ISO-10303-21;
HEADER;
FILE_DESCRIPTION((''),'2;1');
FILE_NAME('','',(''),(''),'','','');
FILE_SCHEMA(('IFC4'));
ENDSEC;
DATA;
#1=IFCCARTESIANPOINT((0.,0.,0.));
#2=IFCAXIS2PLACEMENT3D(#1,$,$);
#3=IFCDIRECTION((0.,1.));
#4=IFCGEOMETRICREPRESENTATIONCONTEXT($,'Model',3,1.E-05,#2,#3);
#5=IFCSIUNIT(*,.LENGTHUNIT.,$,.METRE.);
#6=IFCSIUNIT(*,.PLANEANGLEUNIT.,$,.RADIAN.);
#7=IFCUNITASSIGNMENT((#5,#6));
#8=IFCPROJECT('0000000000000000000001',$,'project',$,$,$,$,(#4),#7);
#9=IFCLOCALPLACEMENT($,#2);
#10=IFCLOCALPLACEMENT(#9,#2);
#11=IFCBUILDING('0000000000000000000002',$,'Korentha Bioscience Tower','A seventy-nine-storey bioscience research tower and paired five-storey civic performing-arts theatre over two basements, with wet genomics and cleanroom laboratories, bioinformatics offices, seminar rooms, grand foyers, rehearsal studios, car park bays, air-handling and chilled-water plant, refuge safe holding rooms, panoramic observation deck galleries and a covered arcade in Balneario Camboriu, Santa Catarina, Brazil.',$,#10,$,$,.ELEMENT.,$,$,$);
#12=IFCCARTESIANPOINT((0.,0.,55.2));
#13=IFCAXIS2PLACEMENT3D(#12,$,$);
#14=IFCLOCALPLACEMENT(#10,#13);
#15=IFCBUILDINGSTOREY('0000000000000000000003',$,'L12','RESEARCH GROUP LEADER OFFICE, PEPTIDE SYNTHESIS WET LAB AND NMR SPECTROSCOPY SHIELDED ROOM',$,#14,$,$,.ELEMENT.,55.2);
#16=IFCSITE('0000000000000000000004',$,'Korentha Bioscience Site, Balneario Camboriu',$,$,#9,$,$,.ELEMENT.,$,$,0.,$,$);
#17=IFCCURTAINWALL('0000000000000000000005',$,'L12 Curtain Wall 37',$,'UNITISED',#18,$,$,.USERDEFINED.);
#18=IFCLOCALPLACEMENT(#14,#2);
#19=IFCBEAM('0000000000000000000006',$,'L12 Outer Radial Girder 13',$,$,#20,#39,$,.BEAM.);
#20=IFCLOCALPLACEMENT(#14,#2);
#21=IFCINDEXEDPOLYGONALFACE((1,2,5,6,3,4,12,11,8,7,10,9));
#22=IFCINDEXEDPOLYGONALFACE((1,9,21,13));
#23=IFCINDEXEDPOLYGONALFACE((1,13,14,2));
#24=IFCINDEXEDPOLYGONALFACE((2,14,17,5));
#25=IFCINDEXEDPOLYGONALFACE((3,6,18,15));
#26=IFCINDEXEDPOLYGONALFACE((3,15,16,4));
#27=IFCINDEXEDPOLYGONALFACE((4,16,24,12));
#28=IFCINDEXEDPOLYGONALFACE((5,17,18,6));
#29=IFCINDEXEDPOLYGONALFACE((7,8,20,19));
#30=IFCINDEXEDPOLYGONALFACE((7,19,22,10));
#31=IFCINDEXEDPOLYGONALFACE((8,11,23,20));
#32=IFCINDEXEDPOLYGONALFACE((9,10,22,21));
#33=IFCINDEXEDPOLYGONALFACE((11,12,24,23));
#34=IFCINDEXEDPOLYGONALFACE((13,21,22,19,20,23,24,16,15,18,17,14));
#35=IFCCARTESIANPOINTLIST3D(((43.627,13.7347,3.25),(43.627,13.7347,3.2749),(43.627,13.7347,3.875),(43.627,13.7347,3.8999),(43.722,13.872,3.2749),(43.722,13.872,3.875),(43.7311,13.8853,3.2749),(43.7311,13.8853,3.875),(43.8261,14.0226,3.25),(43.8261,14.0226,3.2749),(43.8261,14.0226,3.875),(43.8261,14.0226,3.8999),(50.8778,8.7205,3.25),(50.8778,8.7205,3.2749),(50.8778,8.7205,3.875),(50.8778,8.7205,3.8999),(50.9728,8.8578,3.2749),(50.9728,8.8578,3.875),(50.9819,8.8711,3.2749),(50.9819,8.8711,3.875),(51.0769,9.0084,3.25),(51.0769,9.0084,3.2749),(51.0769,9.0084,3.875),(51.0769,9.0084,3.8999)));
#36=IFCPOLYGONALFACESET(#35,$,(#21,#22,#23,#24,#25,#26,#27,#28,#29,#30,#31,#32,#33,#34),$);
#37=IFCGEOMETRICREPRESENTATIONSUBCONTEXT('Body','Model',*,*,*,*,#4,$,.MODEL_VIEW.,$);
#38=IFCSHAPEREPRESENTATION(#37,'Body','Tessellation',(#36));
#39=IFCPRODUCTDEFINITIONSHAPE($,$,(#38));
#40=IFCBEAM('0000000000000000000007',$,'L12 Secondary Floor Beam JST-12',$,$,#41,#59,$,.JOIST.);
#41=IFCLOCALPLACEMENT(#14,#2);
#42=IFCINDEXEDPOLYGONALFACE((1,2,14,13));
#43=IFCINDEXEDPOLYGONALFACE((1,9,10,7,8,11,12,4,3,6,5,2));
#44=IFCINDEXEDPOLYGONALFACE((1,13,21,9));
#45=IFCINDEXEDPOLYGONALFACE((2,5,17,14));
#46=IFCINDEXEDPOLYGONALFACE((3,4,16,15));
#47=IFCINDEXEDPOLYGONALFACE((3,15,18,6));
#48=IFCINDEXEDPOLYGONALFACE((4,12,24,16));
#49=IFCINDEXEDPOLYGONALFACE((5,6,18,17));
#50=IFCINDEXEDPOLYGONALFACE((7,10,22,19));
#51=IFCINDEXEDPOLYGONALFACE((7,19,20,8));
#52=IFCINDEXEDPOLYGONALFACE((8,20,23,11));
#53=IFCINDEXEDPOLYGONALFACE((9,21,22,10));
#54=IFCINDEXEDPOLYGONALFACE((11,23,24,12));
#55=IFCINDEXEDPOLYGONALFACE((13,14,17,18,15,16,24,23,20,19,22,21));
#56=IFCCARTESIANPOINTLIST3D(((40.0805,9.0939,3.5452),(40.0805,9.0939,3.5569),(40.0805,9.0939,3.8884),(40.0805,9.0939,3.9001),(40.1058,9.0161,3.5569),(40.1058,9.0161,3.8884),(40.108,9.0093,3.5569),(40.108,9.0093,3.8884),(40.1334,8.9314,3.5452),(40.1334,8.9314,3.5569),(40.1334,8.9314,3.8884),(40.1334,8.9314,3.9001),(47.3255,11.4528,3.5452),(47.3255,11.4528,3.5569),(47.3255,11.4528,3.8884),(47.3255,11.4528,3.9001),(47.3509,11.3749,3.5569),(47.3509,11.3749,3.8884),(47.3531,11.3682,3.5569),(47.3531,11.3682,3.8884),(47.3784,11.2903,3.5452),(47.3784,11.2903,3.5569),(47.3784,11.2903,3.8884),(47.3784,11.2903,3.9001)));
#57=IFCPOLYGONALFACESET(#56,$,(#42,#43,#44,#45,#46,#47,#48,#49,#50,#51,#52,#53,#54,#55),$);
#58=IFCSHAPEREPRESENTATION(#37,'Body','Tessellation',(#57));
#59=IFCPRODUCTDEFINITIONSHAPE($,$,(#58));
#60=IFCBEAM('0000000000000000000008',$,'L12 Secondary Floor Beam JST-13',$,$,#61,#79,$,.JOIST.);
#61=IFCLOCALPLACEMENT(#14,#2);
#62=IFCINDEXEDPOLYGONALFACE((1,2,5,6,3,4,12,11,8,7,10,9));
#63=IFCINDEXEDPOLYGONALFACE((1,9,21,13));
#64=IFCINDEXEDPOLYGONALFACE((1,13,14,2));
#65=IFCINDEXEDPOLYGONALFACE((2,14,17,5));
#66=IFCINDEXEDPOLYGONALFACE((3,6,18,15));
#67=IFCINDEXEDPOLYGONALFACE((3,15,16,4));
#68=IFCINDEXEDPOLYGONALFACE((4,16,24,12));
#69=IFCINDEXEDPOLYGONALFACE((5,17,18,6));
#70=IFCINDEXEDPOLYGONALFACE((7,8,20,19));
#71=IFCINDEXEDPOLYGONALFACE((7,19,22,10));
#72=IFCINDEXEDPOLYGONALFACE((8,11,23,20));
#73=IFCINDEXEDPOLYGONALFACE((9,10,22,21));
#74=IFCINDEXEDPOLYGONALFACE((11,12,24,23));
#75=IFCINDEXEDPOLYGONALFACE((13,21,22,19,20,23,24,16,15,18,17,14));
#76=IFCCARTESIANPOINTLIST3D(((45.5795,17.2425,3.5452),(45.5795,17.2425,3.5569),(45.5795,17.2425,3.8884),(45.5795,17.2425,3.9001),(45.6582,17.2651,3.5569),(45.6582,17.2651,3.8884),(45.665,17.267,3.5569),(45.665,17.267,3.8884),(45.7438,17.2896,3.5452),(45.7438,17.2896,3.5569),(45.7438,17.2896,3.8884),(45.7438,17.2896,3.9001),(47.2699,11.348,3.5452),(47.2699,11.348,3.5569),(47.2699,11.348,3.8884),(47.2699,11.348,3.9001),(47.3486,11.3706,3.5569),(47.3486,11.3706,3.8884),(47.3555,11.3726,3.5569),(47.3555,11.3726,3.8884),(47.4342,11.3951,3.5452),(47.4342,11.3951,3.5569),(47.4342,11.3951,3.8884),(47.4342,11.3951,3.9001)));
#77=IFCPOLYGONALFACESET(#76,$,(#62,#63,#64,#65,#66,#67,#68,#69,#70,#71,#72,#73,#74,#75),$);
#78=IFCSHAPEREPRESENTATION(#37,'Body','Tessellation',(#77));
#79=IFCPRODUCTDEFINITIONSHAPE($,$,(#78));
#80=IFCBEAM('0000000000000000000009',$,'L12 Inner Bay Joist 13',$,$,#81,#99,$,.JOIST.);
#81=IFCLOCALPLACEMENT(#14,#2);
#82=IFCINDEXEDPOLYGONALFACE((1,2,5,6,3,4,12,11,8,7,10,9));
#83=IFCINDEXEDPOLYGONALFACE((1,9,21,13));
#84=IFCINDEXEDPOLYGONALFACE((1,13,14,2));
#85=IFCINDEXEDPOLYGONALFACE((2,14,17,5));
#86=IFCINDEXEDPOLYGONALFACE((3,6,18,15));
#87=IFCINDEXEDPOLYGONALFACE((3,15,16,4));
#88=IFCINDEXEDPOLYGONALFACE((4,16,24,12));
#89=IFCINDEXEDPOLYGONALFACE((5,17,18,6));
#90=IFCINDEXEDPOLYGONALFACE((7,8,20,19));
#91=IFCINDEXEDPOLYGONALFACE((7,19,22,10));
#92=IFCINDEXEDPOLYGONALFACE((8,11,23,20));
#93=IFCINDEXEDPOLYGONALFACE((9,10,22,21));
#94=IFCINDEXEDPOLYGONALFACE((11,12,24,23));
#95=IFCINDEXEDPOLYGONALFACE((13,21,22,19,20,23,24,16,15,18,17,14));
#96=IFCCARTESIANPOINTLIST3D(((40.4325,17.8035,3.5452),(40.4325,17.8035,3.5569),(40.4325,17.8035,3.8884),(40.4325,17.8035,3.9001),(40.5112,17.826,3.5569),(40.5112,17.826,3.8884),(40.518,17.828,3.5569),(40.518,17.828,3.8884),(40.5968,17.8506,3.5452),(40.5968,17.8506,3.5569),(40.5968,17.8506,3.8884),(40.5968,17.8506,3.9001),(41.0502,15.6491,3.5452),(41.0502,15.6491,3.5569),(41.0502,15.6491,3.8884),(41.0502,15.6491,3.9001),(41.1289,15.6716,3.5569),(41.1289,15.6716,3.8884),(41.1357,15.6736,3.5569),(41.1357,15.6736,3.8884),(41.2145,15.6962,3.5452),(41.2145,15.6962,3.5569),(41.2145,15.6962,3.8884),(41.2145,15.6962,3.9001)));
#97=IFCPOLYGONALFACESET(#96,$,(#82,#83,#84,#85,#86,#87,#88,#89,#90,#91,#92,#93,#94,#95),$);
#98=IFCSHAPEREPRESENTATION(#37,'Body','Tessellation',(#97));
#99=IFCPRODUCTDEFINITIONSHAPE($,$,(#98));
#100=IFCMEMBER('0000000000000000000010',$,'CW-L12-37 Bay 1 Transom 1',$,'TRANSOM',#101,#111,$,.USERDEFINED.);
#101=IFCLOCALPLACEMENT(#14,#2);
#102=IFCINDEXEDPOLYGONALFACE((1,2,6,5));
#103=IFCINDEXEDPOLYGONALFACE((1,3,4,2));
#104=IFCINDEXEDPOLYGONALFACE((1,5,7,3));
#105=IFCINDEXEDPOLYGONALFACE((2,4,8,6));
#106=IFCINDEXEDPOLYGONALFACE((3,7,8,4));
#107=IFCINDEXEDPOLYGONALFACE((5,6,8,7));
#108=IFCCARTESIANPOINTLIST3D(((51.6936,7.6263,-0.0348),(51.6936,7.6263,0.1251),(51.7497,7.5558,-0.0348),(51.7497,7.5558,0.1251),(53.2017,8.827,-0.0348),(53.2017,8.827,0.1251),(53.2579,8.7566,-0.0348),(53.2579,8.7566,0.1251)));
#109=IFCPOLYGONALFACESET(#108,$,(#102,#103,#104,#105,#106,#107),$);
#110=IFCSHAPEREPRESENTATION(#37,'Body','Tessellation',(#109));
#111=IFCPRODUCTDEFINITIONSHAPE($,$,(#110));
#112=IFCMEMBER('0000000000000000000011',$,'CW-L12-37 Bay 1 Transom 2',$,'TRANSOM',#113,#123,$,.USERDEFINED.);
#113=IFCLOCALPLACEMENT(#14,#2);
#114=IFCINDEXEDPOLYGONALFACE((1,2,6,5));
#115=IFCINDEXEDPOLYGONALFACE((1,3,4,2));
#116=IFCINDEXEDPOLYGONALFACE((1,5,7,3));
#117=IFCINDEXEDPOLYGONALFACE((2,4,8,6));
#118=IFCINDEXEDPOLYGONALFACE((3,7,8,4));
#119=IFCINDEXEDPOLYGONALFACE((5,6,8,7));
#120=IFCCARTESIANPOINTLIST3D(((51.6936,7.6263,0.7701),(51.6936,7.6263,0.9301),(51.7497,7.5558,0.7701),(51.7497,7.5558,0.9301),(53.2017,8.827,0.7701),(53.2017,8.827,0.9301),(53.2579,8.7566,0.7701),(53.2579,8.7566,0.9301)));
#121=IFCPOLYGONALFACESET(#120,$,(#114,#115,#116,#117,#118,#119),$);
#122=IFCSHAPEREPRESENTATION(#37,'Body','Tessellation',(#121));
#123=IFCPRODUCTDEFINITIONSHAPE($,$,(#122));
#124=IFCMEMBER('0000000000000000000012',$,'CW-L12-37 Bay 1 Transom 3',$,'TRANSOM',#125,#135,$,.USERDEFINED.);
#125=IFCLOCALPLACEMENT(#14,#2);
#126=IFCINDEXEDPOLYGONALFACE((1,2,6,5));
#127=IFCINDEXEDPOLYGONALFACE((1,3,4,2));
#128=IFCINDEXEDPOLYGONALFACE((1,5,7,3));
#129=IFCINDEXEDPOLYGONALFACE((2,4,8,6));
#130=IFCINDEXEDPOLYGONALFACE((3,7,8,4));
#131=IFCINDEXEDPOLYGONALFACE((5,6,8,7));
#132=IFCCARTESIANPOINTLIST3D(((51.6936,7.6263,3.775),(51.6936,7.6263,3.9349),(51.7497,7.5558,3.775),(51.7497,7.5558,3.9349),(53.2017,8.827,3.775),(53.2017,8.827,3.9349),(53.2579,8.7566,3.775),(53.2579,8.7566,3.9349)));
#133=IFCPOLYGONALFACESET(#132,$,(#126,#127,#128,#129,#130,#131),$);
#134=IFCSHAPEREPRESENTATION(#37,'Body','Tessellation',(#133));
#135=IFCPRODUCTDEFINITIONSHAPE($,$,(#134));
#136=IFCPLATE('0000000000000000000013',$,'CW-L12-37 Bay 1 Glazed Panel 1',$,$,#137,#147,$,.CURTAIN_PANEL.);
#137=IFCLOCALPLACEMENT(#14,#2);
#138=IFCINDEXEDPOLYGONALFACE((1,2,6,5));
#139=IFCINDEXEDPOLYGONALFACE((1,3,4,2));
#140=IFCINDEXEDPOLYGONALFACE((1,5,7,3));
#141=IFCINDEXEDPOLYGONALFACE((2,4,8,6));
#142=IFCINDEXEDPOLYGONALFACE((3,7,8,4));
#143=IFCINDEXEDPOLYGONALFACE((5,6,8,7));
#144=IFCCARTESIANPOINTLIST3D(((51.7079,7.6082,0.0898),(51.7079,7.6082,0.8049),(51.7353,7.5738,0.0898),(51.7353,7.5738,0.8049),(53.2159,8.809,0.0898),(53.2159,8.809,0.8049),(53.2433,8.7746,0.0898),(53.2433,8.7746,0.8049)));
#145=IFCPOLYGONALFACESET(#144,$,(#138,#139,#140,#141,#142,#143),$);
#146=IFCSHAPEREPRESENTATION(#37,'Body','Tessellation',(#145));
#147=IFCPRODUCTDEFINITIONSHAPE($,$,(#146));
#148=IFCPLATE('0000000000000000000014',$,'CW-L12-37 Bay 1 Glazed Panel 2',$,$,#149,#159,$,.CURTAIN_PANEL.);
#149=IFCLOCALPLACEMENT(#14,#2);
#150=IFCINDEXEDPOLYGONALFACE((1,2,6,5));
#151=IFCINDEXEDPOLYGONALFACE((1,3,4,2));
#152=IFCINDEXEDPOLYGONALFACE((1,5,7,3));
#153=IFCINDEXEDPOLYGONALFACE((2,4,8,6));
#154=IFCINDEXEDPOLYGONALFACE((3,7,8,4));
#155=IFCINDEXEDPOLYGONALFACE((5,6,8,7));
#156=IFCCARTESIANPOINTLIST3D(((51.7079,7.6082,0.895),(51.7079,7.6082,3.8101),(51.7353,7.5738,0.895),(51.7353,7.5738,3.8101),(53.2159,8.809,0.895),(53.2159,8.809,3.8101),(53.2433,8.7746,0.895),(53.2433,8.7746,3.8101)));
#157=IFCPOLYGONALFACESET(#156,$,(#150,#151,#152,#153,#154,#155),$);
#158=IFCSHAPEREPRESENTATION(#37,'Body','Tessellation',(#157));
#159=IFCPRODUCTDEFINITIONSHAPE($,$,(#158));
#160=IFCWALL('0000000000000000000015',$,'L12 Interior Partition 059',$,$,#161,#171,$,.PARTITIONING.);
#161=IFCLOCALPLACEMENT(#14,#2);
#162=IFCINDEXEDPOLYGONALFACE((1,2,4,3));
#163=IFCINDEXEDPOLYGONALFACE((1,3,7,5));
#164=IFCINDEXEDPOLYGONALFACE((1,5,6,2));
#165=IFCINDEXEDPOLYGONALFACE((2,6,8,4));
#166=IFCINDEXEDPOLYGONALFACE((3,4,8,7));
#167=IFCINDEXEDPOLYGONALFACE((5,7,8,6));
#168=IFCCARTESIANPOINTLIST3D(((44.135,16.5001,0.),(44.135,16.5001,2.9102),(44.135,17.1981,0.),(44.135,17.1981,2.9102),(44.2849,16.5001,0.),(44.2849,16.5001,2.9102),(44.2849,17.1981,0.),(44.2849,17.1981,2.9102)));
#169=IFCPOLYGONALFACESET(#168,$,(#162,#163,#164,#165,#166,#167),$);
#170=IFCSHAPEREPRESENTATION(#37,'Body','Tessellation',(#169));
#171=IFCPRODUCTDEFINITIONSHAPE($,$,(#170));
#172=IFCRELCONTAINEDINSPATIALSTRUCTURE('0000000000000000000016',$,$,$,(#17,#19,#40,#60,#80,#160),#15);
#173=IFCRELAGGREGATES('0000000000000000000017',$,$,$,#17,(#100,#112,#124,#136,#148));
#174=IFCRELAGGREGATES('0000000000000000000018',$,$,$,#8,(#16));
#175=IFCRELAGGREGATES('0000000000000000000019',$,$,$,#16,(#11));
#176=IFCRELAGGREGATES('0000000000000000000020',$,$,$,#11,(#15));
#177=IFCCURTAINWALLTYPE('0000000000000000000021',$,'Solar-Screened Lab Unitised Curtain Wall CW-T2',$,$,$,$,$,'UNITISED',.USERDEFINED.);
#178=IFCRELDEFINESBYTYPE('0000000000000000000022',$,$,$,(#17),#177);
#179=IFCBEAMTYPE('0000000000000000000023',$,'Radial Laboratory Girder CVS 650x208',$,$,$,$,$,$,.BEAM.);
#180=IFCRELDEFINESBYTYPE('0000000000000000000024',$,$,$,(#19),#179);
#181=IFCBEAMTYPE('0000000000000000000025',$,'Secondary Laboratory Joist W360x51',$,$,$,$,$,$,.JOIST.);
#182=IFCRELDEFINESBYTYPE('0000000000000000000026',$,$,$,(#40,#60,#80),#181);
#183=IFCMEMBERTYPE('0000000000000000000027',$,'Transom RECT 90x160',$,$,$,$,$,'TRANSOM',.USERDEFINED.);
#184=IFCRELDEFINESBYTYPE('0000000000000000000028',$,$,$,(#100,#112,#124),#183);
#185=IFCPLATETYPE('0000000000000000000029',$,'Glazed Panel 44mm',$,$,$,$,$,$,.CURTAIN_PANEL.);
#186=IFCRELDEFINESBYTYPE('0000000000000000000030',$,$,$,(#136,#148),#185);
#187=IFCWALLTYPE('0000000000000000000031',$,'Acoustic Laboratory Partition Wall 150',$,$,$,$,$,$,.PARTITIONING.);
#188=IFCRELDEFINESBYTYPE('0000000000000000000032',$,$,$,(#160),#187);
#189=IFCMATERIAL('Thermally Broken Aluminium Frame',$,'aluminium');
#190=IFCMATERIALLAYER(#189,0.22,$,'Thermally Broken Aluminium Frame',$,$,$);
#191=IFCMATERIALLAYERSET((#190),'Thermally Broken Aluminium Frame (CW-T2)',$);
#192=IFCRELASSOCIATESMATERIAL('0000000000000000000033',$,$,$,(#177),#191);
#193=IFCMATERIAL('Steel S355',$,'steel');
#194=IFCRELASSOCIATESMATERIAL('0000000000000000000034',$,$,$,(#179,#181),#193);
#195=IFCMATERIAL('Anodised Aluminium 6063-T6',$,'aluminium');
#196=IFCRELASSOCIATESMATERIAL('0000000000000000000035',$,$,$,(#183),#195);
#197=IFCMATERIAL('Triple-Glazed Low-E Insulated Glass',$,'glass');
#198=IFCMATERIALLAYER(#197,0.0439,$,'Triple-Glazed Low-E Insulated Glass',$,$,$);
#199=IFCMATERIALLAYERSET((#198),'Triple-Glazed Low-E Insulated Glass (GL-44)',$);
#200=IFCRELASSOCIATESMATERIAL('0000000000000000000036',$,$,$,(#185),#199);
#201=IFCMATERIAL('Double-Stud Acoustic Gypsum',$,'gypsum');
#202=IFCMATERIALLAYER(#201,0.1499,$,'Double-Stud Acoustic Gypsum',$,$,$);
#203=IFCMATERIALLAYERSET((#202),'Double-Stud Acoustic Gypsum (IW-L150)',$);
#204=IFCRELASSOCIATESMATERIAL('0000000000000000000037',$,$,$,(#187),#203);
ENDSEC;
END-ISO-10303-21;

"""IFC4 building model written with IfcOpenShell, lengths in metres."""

from ifc_helpers import new_model, si_unit, direction, frame, frame_2d, origin, origin_2d, place, context, subcontext, project, spatial, rectangle, i_section, extrude, material, layer, layer_set, material_profile, profile_set, type_object, element, aggregate, save


model = new_model("IFC4")

# Units and contexts
model_context = context("Model", 3, precision=1e-05, world=origin(), true_north=direction((0.0, 1.0)))
body_context = subcontext(model_context, "Body", "Model", "MODEL_VIEW")
ifc_project = project(units=[si_unit("LENGTHUNIT", "METRE"), si_unit("PLANEANGLEUNIT", "RADIAN")], contexts=[model_context])

# Site, building, storey
site_placement = place(None, origin())
site = spatial("IfcSite", under=ifc_project, at=site_placement, Name="Korentha Bioscience Site, Balneario Camboriu", CompositionType="ELEMENT", RefElevation=0.0)
building_placement = place(site_placement, origin())
building = spatial("IfcBuilding", under=site, at=building_placement, Name="Korentha Bioscience Tower", Description="A seventy-nine-storey bioscience research tower and paired five-storey civic performing-arts theatre over two basements, with wet genomics and cleanroom laboratories, bioinformatics offices, seminar rooms, grand foyers, rehearsal studios, car park bays, air-handling and chilled-water plant, refuge safe holding rooms, panoramic observation deck galleries and a covered arcade in Balneario Camboriu, Santa Catarina, Brazil.", CompositionType="ELEMENT")
storey_placement = place(building_placement, frame((0.0, 0.0, 55.2)))
storey = spatial("IfcBuildingStorey", under=building, at=storey_placement, Name="L12", Description="RESEARCH GROUP LEADER OFFICE, PEPTIDE SYNTHESIS WET LAB AND NMR SPECTROSCOPY SHIELDED ROOM", CompositionType="ELEMENT", Elevation=55.2)

# Shared definitions
ifc_material_1 = material(Name="Steel S355", Category="steel")

# Curtain wall
ifc_material_2 = material(Name="Thermally Broken Aluminium Frame", Category="aluminium")
ifc_layer_1 = layer(ifc_material_2, 0.22, Name="Thermally Broken Aluminium Frame")
ifc_layer_set_1 = layer_set([ifc_layer_1], Name="Thermally Broken Aluminium Frame (CW-T2)")
curtain_wall_type = type_object("IfcCurtainWallType", Name="Solar-Screened Lab Unitised Curtain Wall CW-T2", ElementType="UNITISED", PredefinedType="USERDEFINED", material=ifc_layer_set_1)
curtain_wall_placement = place(storey_placement, origin())
curtain_wall = element("IfcCurtainWall", 1, at=curtain_wall_placement, inside=storey, type_object=curtain_wall_type, Name="L12 Curtain Wall 37", ObjectType="UNITISED", PredefinedType="USERDEFINED")
ifc_material_3 = material(Name="Anodised Aluminium 6063-T6", Category="aluminium")

# Beams
ifc_material_profile_1 = material_profile(ifc_material_1, i_section(OverallWidth=0.3501, OverallDepth=0.6499, WebThickness=0.0161, FlangeThickness=0.0249, at=origin_2d()), Name="Steel S355")
ifc_profile_set_1 = profile_set([ifc_material_profile_1], Name="Steel S355 (RB-650)")
beam_type_1 = type_object("IfcBeamType", Name="Radial Laboratory Girder CVS 650x208", PredefinedType="BEAM", material=ifc_profile_set_1)
beam_1_placement = place(storey_placement, frame((43.7266, 13.8787, 3.575), z_axis=(0.822488, -0.568782, 0.0), x_axis=(0.568782, 0.822488, 0.0)))
element("IfcBeam", 2, at=beam_1_placement, inside=storey, type_object=beam_type_1, Name="L12 Outer Radial Girder 13", PredefinedType="BEAM", context=body_context, shape_type="SweptSolid", body=[
    extrude(i_section(OverallWidth=0.3501, OverallDepth=0.6499, WebThickness=0.0161, FlangeThickness=0.0249, at=origin_2d()), origin(), (0.0, 0.0, 1.0), 8.8157),
])
ifc_material_profile_2 = material_profile(ifc_material_1, i_section(OverallWidth=0.1709, OverallDepth=0.355, WebThickness=0.0071, FlangeThickness=0.0117, at=origin_2d()), Name="Steel S355")
ifc_profile_set_2 = profile_set([ifc_material_profile_2], Name="Steel S355 (JB-360)")
beam_type_2 = type_object("IfcBeamType", Name="Secondary Laboratory Joist W360x51", PredefinedType="JOIST", material=ifc_profile_set_2)
beam_2_placement = place(storey_placement, frame((40.1069, 9.0127, 3.7227), z_axis=(0.950871, 0.309587, 0.0), x_axis=(-0.309587, 0.950871, 0.0)))
element("IfcBeam", 3, at=beam_2_placement, inside=storey, type_object=beam_type_2, Name="L12 Secondary Floor Beam JST-12", PredefinedType="JOIST", context=body_context, shape_type="SweptSolid", body=[
    extrude(i_section(OverallWidth=0.1709, OverallDepth=0.355, WebThickness=0.0071, FlangeThickness=0.0117, at=origin_2d()), origin(), (0.0, 0.0, 1.0), 7.6194),
])
beam_3_placement = place(storey_placement, frame((47.3521, 11.3716, 3.7227), z_axis=(-0.275668, 0.961253, 0.0), x_axis=(-0.961253, -0.275668, 0.0)))
element("IfcBeam", 4, at=beam_3_placement, inside=storey, type_object=beam_type_2, Name="L12 Secondary Floor Beam JST-13", PredefinedType="JOIST", context=body_context, shape_type="SweptSolid", body=[
    extrude(i_section(OverallWidth=0.1709, OverallDepth=0.355, WebThickness=0.0071, FlangeThickness=0.0117, at=origin_2d()), origin(), (0.0, 0.0, 1.0), 6.1321),
])
beam_4_placement = place(storey_placement, frame((41.1323, 15.6726, 3.7227), z_axis=(-0.275613, 0.961269, 0.0), x_axis=(-0.961269, -0.275613, 0.0)))
element("IfcBeam", 5, at=beam_4_placement, inside=storey, type_object=beam_type_2, Name="L12 Inner Bay Joist 13", PredefinedType="JOIST", context=body_context, shape_type="SweptSolid", body=[
    extrude(i_section(OverallWidth=0.1709, OverallDepth=0.355, WebThickness=0.0071, FlangeThickness=0.0117, at=origin_2d()), origin(), (0.0, 0.0, 1.0), 2.2412),
])

# Members
ifc_material_profile_3 = material_profile(ifc_material_3, rectangle(XDim=0.0901, YDim=0.1599, at=origin_2d()), Name="Anodised Aluminium 6063-T6")
ifc_profile_set_3 = profile_set([ifc_material_profile_3], Name="Anodised Aluminium 6063-T6 (CW-TRN)")
member_type_1 = type_object("IfcMemberType", Name="Transom RECT 90x160", ElementType="TRANSOM", PredefinedType="USERDEFINED", material=ifc_profile_set_3)
member_1_placement = place(storey_placement, frame((51.7217, 7.5911, 0.0452), z_axis=(0.782325, 0.622871, 0.0), x_axis=(-0.622871, 0.782325, 0.0)))
member_1 = element("IfcMember", 6, at=member_1_placement, type_object=member_type_1, Name="CW-L12-37 Bay 1 Transom 1", ObjectType="TRANSOM", PredefinedType="USERDEFINED", context=body_context, shape_type="SweptSolid", body=[
    extrude(rectangle(XDim=0.0901, YDim=0.1599, at=origin_2d()), origin(), (0.0, 0.0, 1.0), 1.9277),
])
member_2_placement = place(storey_placement, frame((51.7217, 7.5911, 0.8501), z_axis=(0.782325, 0.622871, 0.0), x_axis=(-0.622871, 0.782325, 0.0)))
member_2 = element("IfcMember", 7, at=member_2_placement, type_object=member_type_1, Name="CW-L12-37 Bay 1 Transom 2", ObjectType="TRANSOM", PredefinedType="USERDEFINED", context=body_context, shape_type="SweptSolid", body=[
    extrude(rectangle(XDim=0.0901, YDim=0.1599, at=origin_2d()), origin(), (0.0, 0.0, 1.0), 1.9277),
])
member_3_placement = place(storey_placement, frame((51.7217, 7.5911, 3.855), z_axis=(0.782325, 0.622871, 0.0), x_axis=(-0.622871, 0.782325, 0.0)))
member_3 = element("IfcMember", 8, at=member_3_placement, type_object=member_type_1, Name="CW-L12-37 Bay 1 Transom 3", ObjectType="TRANSOM", PredefinedType="USERDEFINED", context=body_context, shape_type="SweptSolid", body=[
    extrude(rectangle(XDim=0.0901, YDim=0.1599, at=origin_2d()), origin(), (0.0, 0.0, 1.0), 1.9277),
])

# Plates
ifc_material_4 = material(Name="Triple-Glazed Low-E Insulated Glass", Category="glass")
ifc_layer_2 = layer(ifc_material_4, 0.0439, Name="Triple-Glazed Low-E Insulated Glass")
ifc_layer_set_2 = layer_set([ifc_layer_2], Name="Triple-Glazed Low-E Insulated Glass (GL-44)")
plate_type = type_object("IfcPlateType", Name="Glazed Panel 44mm", PredefinedType="CURTAIN_PANEL", material=ifc_layer_set_2)
plate_1_placement = place(storey_placement, frame((52.4756, 8.1914, 0.0898), z_axis=(0.0, 0.0, 1.0), x_axis=(0.782288, 0.622917, 0.0)))
plate_1 = element("IfcPlate", 9, at=plate_1_placement, type_object=plate_type, Name="CW-L12-37 Bay 1 Glazed Panel 1", PredefinedType="CURTAIN_PANEL", context=body_context, shape_type="SweptSolid", body=[
    extrude(rectangle(XDim=1.9277, YDim=0.0439, at=origin_2d()), origin(), (0.0, 0.0, 1.0), 0.7151),
])
plate_2_placement = place(storey_placement, frame((52.4756, 8.1914, 0.895), z_axis=(0.0, 0.0, 1.0), x_axis=(0.782288, 0.622917, 0.0)))
plate_2 = element("IfcPlate", 10, at=plate_2_placement, type_object=plate_type, Name="CW-L12-37 Bay 1 Glazed Panel 2", PredefinedType="CURTAIN_PANEL", context=body_context, shape_type="SweptSolid", body=[
    extrude(rectangle(XDim=1.9277, YDim=0.0439, at=origin_2d()), origin(), (0.0, 0.0, 1.0), 2.915),
])
aggregate(curtain_wall, [member_1, member_2, member_3, plate_1, plate_2])

# Shared definitions
ifc_material_5 = material(Name="Double-Stud Acoustic Gypsum", Category="gypsum")
ifc_layer_3 = layer(ifc_material_5, 0.1499, Name="Double-Stud Acoustic Gypsum")
ifc_layer_set_3 = layer_set([ifc_layer_3], Name="Double-Stud Acoustic Gypsum (IW-L150)")
wall_type_1 = type_object("IfcWallType", Name="Acoustic Laboratory Partition Wall 150", PredefinedType="PARTITIONING", material=ifc_layer_set_3)

# Wall
wall_1_placement = place(storey_placement, frame((44.21, 16.5, 0.0), z_axis=(0.0, 0.0, 1.0), x_axis=(0.0, 1.0, 0.0)))
element("IfcWall", 11, at=wall_1_placement, inside=storey, type_object=wall_type_1, Name="L12 Interior Partition 059", PredefinedType="PARTITIONING", context=body_context, shape_type="SweptSolid", body=[
    extrude(rectangle(XDim=0.698, YDim=0.1499, at=frame_2d((0.3491, 0.0))), origin(), (0.0, 0.0, 1.0), 2.9102),
])

save(model, "model.ifc")
